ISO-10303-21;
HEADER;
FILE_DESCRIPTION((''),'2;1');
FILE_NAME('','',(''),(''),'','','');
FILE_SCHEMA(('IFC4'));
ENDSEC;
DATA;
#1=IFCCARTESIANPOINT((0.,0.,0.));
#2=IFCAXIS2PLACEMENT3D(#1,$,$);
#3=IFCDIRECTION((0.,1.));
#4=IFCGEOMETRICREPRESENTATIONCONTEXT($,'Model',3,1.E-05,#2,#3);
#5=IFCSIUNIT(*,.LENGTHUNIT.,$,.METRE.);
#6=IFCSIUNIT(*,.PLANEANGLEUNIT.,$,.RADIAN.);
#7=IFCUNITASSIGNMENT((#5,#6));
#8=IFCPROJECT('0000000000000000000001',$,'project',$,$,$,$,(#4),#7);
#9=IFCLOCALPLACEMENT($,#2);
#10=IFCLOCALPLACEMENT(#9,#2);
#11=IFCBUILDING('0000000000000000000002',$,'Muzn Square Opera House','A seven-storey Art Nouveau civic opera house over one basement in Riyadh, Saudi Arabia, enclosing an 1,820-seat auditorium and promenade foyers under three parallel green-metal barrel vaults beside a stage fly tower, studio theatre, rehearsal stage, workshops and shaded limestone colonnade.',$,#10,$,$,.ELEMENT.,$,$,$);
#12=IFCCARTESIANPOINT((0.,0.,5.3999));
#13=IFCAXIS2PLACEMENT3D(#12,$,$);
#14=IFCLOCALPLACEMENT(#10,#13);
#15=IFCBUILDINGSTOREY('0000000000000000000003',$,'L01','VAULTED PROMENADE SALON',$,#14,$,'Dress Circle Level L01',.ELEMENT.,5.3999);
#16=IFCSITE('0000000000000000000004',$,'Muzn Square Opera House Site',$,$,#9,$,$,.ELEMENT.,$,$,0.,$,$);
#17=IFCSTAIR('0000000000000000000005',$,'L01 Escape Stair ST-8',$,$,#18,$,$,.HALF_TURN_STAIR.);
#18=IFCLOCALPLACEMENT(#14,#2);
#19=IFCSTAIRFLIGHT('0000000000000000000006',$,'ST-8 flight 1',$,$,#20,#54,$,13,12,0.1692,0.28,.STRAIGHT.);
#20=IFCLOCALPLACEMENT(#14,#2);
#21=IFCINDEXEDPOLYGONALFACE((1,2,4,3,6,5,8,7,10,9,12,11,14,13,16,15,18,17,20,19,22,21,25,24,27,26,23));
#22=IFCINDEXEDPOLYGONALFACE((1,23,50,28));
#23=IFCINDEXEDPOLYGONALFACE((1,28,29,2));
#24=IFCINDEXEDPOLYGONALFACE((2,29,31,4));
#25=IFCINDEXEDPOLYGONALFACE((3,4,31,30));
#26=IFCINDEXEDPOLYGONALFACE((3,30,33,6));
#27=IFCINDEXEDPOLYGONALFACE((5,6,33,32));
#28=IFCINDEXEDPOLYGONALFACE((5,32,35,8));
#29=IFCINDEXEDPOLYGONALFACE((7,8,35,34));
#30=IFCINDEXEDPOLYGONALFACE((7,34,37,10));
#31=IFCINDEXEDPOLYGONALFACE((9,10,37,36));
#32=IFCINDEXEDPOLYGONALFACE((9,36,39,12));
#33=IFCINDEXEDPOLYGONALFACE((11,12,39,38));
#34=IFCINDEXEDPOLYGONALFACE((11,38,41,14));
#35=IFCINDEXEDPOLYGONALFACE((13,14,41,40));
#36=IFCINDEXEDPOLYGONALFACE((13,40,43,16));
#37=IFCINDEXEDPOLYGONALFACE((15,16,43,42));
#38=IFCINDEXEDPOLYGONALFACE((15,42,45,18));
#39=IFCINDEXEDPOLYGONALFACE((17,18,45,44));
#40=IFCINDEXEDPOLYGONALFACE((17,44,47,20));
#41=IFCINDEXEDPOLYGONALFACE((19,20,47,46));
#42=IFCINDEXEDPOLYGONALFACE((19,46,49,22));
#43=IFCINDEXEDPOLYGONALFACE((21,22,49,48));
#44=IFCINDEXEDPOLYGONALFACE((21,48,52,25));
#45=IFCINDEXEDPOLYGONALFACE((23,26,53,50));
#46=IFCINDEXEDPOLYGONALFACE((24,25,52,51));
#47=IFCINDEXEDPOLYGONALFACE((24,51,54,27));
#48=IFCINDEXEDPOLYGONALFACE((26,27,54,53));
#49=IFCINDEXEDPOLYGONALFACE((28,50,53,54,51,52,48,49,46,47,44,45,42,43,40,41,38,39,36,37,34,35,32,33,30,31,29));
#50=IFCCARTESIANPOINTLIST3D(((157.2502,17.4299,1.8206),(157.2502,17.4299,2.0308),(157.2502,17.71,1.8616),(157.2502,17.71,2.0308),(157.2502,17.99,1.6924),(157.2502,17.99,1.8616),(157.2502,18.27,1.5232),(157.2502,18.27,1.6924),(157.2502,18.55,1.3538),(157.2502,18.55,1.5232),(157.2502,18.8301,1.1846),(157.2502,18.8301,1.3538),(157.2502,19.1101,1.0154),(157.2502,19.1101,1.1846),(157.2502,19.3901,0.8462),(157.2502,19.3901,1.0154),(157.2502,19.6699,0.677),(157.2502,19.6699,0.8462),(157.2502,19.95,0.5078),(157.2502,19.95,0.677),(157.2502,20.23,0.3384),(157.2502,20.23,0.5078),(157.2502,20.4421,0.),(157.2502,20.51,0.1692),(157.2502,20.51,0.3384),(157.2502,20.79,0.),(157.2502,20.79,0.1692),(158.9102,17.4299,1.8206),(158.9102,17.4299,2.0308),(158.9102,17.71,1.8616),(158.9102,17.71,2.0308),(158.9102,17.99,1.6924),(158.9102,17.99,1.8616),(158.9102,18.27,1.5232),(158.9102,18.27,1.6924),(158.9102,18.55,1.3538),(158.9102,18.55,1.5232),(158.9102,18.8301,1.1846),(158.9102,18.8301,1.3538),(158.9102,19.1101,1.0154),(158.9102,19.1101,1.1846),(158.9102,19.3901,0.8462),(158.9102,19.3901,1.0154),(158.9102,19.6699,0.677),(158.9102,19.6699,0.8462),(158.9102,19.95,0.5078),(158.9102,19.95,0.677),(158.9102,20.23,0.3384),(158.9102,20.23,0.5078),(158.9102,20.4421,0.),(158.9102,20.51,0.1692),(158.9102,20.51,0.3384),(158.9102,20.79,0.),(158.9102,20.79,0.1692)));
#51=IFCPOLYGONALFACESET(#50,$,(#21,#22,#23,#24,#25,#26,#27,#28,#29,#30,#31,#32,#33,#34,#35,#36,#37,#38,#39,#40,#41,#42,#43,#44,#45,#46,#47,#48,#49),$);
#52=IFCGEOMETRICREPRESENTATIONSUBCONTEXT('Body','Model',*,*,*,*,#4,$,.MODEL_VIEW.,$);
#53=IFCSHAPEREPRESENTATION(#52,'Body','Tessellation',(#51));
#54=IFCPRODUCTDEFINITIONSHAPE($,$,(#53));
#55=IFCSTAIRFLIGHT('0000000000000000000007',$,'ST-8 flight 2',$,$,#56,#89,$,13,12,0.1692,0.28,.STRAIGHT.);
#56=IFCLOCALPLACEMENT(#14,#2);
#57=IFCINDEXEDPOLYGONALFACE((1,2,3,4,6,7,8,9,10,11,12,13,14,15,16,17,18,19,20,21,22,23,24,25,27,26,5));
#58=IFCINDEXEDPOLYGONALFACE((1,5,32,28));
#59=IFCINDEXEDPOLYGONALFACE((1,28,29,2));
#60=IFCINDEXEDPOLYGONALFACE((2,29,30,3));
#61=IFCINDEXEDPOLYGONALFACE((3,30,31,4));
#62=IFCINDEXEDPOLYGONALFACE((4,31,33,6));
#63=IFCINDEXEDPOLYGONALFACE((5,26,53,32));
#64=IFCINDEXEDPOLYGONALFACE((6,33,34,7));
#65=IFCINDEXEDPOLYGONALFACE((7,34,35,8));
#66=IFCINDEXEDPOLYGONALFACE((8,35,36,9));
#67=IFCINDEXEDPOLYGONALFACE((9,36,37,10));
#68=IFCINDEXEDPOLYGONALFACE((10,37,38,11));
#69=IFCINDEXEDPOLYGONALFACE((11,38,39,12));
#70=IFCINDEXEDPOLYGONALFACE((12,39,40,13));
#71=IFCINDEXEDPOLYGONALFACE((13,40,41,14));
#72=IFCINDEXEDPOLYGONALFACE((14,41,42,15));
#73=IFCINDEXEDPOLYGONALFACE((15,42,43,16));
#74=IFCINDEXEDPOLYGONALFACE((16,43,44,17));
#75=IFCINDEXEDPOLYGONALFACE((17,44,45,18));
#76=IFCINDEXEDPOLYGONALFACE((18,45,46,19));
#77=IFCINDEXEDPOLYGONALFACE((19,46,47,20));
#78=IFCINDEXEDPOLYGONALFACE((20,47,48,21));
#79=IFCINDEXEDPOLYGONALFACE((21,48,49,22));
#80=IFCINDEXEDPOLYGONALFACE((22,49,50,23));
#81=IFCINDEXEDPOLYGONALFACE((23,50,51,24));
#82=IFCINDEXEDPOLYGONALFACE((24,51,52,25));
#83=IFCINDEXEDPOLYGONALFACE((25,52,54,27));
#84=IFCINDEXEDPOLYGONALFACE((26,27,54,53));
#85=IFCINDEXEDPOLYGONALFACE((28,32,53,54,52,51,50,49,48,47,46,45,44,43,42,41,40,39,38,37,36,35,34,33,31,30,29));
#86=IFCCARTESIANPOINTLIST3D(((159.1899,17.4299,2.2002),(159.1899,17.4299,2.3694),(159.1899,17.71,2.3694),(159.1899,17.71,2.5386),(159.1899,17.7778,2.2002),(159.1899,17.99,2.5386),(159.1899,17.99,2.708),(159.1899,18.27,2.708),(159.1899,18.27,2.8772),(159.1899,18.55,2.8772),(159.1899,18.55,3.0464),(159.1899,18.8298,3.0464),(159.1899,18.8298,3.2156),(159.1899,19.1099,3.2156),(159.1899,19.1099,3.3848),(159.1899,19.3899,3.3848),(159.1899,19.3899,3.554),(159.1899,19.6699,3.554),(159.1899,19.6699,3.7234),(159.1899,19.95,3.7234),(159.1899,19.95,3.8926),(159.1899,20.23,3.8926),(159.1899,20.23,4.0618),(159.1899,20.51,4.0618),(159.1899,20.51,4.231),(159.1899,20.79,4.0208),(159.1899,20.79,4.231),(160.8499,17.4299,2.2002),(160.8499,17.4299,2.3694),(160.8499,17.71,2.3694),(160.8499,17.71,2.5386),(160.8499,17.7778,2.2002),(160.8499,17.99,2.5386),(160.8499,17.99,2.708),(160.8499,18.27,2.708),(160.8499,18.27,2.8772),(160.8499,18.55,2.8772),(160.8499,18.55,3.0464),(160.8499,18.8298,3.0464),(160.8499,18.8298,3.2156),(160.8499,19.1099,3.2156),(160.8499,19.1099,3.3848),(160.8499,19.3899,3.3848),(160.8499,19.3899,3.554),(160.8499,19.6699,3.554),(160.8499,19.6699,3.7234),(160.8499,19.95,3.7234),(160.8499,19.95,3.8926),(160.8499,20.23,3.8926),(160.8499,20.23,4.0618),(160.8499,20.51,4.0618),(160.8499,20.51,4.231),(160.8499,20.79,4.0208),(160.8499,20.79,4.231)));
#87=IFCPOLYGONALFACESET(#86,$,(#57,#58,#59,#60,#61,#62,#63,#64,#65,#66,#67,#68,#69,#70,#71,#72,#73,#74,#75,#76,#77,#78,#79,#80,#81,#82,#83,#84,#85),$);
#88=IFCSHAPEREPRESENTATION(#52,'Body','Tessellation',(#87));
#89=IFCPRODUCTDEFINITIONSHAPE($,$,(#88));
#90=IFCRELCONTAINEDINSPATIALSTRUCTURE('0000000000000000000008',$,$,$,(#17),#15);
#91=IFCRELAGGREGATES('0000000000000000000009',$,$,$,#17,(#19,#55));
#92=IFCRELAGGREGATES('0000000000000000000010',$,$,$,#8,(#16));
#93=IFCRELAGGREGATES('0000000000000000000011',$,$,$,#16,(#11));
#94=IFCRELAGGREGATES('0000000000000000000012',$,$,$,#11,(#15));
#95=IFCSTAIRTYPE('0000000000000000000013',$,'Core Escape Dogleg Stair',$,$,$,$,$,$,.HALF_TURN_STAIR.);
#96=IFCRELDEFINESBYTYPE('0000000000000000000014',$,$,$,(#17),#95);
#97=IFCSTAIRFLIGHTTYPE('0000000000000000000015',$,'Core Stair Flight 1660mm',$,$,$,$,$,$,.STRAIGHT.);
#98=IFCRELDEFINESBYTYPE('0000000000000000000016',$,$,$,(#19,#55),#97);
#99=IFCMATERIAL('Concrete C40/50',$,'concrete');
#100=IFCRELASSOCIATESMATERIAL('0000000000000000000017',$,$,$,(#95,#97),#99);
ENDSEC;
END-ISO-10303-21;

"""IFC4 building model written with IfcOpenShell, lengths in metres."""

from ifc_helpers import new_model, si_unit, direction, frame, origin, place, context, subcontext, project, spatial, polyline, outline, extrude, material, type_object, element, aggregate, save


model = new_model("IFC4")

# Units and contexts
model_context = context("Model", 3, precision=1e-05, world=origin(), true_north=direction((0.0, 1.0)))
body_context = subcontext(model_context, "Body", "Model", "MODEL_VIEW")
ifc_project = project(units=[si_unit("LENGTHUNIT", "METRE"), si_unit("PLANEANGLEUNIT", "RADIAN")], contexts=[model_context])

# Site, building, storey
site_placement = place(None, origin())
site = spatial("IfcSite", under=ifc_project, at=site_placement, Name="Muzn Square Opera House Site", CompositionType="ELEMENT", RefElevation=0.0)
building_placement = place(site_placement, origin())
building = spatial("IfcBuilding", under=site, at=building_placement, Name="Muzn Square Opera House", Description="A seven-storey Art Nouveau civic opera house over one basement in Riyadh, Saudi Arabia, enclosing an 1,820-seat auditorium and promenade foyers under three parallel green-metal barrel vaults beside a stage fly tower, studio theatre, rehearsal stage, workshops and shaded limestone colonnade.", CompositionType="ELEMENT")
storey_placement = place(building_placement, frame((0.0, 0.0, 5.3999)))
storey = spatial("IfcBuildingStorey", under=building, at=storey_placement, Name="L01", Description="VAULTED PROMENADE SALON", LongName="Dress Circle Level L01", CompositionType="ELEMENT", Elevation=5.3999)

# Shared definitions
ifc_material_1 = material(Name="Concrete C40/50", Category="concrete")

# Stair, stair flights
stair_type = type_object("IfcStairType", Name="Core Escape Dogleg Stair", PredefinedType="HALF_TURN_STAIR", material=ifc_material_1)
stair_placement = place(storey_placement, origin())
stair = element("IfcStair", 1, at=stair_placement, inside=storey, type_object=stair_type, Name="L01 Escape Stair ST-8", PredefinedType="HALF_TURN_STAIR")
stair_flight_type = type_object("IfcStairFlightType", Name="Core Stair Flight 1660mm", PredefinedType="STRAIGHT", material=ifc_material_1)
stair_flight_1_placement = place(storey_placement, frame((158.0801, 20.79, 0.0), z_axis=(0.0, 0.0, 1.0), x_axis=(0.0, -1.0, 0.0)))
stair_flight_1 = element("IfcStairFlight", 2, at=stair_flight_1_placement, type_object=stair_flight_type, Name="ST-8 flight 1", NumberOfRisers=13, NumberOfTreads=12, PredefinedType="STRAIGHT", RiserHeight=0.1692, TreadLength=0.28, context=body_context, shape_type="SweptSolid", body=[
    extrude(outline(polyline([(0.0, 0.0), (0.0, 0.1692), (0.28, 0.1692), (0.28, 0.3384), (0.5601, 0.3384), (0.5601, 0.5078), (0.8401, 0.5078), (0.8401, 0.677), (1.1201, 0.677), (1.1201, 0.8462), (1.3999, 0.8462), (1.3999, 1.0154), (1.6799, 1.0154), (1.6799, 1.1846), (1.96, 1.1846), (1.96, 1.3538), (2.24, 1.3538), (2.24, 1.5232), (2.52, 1.5232), (2.52, 1.6924), (2.8, 1.6924), (2.8, 1.8616), (3.0801, 1.8616), (3.0801, 2.0308), (3.3601, 2.0308), (3.3601, 2.2), (3.3601, 1.8206), (0.3479, 0.0), (0.0, 0.0)])), frame((0.0, 0.8301, 0.0), z_axis=(0.0, -1.0, 0.0), x_axis=(1.0, 0.0, 0.0)), (0.0, 0.0, 1.0), 1.6599),
])
stair_flight_2_placement = place(storey_placement, frame((160.02, 17.4299, 2.2002), z_axis=(0.0, 0.0, 1.0), x_axis=(0.0, 1.0, 0.0)))
stair_flight_2 = element("IfcStairFlight", 3, at=stair_flight_2_placement, type_object=stair_flight_type, Name="ST-8 flight 2", NumberOfRisers=13, NumberOfTreads=12, PredefinedType="STRAIGHT", RiserHeight=0.1692, TreadLength=0.28, context=body_context, shape_type="SweptSolid", body=[
    extrude(outline(polyline([(0.0, 0.0), (0.0, 0.1692), (0.28, 0.1692), (0.28, 0.3384), (0.5601, 0.3384), (0.5601, 0.5078), (0.8401, 0.5078), (0.8401, 0.677), (1.1201, 0.677), (1.1201, 0.8462), (1.3999, 0.8462), (1.3999, 1.0154), (1.6799, 1.0154), (1.6799, 1.1846), (1.96, 1.1846), (1.96, 1.3538), (2.24, 1.3538), (2.24, 1.5232), (2.52, 1.5232), (2.52, 1.6924), (2.8, 1.6924), (2.8, 1.8616), (3.0801, 1.8616), (3.0801, 2.0308), (3.3601, 2.0308), (3.3601, 2.2), (3.3601, 1.8206), (0.3479, 0.0), (0.0, 0.0)])), frame((0.0, 0.8301, 0.0), z_axis=(0.0, -1.0, 0.0), x_axis=(1.0, 0.0, 0.0)), (0.0, 0.0, 1.0), 1.6599),
])
aggregate(stair, [stair_flight_1, stair_flight_2])

save(model, "model.ifc")
